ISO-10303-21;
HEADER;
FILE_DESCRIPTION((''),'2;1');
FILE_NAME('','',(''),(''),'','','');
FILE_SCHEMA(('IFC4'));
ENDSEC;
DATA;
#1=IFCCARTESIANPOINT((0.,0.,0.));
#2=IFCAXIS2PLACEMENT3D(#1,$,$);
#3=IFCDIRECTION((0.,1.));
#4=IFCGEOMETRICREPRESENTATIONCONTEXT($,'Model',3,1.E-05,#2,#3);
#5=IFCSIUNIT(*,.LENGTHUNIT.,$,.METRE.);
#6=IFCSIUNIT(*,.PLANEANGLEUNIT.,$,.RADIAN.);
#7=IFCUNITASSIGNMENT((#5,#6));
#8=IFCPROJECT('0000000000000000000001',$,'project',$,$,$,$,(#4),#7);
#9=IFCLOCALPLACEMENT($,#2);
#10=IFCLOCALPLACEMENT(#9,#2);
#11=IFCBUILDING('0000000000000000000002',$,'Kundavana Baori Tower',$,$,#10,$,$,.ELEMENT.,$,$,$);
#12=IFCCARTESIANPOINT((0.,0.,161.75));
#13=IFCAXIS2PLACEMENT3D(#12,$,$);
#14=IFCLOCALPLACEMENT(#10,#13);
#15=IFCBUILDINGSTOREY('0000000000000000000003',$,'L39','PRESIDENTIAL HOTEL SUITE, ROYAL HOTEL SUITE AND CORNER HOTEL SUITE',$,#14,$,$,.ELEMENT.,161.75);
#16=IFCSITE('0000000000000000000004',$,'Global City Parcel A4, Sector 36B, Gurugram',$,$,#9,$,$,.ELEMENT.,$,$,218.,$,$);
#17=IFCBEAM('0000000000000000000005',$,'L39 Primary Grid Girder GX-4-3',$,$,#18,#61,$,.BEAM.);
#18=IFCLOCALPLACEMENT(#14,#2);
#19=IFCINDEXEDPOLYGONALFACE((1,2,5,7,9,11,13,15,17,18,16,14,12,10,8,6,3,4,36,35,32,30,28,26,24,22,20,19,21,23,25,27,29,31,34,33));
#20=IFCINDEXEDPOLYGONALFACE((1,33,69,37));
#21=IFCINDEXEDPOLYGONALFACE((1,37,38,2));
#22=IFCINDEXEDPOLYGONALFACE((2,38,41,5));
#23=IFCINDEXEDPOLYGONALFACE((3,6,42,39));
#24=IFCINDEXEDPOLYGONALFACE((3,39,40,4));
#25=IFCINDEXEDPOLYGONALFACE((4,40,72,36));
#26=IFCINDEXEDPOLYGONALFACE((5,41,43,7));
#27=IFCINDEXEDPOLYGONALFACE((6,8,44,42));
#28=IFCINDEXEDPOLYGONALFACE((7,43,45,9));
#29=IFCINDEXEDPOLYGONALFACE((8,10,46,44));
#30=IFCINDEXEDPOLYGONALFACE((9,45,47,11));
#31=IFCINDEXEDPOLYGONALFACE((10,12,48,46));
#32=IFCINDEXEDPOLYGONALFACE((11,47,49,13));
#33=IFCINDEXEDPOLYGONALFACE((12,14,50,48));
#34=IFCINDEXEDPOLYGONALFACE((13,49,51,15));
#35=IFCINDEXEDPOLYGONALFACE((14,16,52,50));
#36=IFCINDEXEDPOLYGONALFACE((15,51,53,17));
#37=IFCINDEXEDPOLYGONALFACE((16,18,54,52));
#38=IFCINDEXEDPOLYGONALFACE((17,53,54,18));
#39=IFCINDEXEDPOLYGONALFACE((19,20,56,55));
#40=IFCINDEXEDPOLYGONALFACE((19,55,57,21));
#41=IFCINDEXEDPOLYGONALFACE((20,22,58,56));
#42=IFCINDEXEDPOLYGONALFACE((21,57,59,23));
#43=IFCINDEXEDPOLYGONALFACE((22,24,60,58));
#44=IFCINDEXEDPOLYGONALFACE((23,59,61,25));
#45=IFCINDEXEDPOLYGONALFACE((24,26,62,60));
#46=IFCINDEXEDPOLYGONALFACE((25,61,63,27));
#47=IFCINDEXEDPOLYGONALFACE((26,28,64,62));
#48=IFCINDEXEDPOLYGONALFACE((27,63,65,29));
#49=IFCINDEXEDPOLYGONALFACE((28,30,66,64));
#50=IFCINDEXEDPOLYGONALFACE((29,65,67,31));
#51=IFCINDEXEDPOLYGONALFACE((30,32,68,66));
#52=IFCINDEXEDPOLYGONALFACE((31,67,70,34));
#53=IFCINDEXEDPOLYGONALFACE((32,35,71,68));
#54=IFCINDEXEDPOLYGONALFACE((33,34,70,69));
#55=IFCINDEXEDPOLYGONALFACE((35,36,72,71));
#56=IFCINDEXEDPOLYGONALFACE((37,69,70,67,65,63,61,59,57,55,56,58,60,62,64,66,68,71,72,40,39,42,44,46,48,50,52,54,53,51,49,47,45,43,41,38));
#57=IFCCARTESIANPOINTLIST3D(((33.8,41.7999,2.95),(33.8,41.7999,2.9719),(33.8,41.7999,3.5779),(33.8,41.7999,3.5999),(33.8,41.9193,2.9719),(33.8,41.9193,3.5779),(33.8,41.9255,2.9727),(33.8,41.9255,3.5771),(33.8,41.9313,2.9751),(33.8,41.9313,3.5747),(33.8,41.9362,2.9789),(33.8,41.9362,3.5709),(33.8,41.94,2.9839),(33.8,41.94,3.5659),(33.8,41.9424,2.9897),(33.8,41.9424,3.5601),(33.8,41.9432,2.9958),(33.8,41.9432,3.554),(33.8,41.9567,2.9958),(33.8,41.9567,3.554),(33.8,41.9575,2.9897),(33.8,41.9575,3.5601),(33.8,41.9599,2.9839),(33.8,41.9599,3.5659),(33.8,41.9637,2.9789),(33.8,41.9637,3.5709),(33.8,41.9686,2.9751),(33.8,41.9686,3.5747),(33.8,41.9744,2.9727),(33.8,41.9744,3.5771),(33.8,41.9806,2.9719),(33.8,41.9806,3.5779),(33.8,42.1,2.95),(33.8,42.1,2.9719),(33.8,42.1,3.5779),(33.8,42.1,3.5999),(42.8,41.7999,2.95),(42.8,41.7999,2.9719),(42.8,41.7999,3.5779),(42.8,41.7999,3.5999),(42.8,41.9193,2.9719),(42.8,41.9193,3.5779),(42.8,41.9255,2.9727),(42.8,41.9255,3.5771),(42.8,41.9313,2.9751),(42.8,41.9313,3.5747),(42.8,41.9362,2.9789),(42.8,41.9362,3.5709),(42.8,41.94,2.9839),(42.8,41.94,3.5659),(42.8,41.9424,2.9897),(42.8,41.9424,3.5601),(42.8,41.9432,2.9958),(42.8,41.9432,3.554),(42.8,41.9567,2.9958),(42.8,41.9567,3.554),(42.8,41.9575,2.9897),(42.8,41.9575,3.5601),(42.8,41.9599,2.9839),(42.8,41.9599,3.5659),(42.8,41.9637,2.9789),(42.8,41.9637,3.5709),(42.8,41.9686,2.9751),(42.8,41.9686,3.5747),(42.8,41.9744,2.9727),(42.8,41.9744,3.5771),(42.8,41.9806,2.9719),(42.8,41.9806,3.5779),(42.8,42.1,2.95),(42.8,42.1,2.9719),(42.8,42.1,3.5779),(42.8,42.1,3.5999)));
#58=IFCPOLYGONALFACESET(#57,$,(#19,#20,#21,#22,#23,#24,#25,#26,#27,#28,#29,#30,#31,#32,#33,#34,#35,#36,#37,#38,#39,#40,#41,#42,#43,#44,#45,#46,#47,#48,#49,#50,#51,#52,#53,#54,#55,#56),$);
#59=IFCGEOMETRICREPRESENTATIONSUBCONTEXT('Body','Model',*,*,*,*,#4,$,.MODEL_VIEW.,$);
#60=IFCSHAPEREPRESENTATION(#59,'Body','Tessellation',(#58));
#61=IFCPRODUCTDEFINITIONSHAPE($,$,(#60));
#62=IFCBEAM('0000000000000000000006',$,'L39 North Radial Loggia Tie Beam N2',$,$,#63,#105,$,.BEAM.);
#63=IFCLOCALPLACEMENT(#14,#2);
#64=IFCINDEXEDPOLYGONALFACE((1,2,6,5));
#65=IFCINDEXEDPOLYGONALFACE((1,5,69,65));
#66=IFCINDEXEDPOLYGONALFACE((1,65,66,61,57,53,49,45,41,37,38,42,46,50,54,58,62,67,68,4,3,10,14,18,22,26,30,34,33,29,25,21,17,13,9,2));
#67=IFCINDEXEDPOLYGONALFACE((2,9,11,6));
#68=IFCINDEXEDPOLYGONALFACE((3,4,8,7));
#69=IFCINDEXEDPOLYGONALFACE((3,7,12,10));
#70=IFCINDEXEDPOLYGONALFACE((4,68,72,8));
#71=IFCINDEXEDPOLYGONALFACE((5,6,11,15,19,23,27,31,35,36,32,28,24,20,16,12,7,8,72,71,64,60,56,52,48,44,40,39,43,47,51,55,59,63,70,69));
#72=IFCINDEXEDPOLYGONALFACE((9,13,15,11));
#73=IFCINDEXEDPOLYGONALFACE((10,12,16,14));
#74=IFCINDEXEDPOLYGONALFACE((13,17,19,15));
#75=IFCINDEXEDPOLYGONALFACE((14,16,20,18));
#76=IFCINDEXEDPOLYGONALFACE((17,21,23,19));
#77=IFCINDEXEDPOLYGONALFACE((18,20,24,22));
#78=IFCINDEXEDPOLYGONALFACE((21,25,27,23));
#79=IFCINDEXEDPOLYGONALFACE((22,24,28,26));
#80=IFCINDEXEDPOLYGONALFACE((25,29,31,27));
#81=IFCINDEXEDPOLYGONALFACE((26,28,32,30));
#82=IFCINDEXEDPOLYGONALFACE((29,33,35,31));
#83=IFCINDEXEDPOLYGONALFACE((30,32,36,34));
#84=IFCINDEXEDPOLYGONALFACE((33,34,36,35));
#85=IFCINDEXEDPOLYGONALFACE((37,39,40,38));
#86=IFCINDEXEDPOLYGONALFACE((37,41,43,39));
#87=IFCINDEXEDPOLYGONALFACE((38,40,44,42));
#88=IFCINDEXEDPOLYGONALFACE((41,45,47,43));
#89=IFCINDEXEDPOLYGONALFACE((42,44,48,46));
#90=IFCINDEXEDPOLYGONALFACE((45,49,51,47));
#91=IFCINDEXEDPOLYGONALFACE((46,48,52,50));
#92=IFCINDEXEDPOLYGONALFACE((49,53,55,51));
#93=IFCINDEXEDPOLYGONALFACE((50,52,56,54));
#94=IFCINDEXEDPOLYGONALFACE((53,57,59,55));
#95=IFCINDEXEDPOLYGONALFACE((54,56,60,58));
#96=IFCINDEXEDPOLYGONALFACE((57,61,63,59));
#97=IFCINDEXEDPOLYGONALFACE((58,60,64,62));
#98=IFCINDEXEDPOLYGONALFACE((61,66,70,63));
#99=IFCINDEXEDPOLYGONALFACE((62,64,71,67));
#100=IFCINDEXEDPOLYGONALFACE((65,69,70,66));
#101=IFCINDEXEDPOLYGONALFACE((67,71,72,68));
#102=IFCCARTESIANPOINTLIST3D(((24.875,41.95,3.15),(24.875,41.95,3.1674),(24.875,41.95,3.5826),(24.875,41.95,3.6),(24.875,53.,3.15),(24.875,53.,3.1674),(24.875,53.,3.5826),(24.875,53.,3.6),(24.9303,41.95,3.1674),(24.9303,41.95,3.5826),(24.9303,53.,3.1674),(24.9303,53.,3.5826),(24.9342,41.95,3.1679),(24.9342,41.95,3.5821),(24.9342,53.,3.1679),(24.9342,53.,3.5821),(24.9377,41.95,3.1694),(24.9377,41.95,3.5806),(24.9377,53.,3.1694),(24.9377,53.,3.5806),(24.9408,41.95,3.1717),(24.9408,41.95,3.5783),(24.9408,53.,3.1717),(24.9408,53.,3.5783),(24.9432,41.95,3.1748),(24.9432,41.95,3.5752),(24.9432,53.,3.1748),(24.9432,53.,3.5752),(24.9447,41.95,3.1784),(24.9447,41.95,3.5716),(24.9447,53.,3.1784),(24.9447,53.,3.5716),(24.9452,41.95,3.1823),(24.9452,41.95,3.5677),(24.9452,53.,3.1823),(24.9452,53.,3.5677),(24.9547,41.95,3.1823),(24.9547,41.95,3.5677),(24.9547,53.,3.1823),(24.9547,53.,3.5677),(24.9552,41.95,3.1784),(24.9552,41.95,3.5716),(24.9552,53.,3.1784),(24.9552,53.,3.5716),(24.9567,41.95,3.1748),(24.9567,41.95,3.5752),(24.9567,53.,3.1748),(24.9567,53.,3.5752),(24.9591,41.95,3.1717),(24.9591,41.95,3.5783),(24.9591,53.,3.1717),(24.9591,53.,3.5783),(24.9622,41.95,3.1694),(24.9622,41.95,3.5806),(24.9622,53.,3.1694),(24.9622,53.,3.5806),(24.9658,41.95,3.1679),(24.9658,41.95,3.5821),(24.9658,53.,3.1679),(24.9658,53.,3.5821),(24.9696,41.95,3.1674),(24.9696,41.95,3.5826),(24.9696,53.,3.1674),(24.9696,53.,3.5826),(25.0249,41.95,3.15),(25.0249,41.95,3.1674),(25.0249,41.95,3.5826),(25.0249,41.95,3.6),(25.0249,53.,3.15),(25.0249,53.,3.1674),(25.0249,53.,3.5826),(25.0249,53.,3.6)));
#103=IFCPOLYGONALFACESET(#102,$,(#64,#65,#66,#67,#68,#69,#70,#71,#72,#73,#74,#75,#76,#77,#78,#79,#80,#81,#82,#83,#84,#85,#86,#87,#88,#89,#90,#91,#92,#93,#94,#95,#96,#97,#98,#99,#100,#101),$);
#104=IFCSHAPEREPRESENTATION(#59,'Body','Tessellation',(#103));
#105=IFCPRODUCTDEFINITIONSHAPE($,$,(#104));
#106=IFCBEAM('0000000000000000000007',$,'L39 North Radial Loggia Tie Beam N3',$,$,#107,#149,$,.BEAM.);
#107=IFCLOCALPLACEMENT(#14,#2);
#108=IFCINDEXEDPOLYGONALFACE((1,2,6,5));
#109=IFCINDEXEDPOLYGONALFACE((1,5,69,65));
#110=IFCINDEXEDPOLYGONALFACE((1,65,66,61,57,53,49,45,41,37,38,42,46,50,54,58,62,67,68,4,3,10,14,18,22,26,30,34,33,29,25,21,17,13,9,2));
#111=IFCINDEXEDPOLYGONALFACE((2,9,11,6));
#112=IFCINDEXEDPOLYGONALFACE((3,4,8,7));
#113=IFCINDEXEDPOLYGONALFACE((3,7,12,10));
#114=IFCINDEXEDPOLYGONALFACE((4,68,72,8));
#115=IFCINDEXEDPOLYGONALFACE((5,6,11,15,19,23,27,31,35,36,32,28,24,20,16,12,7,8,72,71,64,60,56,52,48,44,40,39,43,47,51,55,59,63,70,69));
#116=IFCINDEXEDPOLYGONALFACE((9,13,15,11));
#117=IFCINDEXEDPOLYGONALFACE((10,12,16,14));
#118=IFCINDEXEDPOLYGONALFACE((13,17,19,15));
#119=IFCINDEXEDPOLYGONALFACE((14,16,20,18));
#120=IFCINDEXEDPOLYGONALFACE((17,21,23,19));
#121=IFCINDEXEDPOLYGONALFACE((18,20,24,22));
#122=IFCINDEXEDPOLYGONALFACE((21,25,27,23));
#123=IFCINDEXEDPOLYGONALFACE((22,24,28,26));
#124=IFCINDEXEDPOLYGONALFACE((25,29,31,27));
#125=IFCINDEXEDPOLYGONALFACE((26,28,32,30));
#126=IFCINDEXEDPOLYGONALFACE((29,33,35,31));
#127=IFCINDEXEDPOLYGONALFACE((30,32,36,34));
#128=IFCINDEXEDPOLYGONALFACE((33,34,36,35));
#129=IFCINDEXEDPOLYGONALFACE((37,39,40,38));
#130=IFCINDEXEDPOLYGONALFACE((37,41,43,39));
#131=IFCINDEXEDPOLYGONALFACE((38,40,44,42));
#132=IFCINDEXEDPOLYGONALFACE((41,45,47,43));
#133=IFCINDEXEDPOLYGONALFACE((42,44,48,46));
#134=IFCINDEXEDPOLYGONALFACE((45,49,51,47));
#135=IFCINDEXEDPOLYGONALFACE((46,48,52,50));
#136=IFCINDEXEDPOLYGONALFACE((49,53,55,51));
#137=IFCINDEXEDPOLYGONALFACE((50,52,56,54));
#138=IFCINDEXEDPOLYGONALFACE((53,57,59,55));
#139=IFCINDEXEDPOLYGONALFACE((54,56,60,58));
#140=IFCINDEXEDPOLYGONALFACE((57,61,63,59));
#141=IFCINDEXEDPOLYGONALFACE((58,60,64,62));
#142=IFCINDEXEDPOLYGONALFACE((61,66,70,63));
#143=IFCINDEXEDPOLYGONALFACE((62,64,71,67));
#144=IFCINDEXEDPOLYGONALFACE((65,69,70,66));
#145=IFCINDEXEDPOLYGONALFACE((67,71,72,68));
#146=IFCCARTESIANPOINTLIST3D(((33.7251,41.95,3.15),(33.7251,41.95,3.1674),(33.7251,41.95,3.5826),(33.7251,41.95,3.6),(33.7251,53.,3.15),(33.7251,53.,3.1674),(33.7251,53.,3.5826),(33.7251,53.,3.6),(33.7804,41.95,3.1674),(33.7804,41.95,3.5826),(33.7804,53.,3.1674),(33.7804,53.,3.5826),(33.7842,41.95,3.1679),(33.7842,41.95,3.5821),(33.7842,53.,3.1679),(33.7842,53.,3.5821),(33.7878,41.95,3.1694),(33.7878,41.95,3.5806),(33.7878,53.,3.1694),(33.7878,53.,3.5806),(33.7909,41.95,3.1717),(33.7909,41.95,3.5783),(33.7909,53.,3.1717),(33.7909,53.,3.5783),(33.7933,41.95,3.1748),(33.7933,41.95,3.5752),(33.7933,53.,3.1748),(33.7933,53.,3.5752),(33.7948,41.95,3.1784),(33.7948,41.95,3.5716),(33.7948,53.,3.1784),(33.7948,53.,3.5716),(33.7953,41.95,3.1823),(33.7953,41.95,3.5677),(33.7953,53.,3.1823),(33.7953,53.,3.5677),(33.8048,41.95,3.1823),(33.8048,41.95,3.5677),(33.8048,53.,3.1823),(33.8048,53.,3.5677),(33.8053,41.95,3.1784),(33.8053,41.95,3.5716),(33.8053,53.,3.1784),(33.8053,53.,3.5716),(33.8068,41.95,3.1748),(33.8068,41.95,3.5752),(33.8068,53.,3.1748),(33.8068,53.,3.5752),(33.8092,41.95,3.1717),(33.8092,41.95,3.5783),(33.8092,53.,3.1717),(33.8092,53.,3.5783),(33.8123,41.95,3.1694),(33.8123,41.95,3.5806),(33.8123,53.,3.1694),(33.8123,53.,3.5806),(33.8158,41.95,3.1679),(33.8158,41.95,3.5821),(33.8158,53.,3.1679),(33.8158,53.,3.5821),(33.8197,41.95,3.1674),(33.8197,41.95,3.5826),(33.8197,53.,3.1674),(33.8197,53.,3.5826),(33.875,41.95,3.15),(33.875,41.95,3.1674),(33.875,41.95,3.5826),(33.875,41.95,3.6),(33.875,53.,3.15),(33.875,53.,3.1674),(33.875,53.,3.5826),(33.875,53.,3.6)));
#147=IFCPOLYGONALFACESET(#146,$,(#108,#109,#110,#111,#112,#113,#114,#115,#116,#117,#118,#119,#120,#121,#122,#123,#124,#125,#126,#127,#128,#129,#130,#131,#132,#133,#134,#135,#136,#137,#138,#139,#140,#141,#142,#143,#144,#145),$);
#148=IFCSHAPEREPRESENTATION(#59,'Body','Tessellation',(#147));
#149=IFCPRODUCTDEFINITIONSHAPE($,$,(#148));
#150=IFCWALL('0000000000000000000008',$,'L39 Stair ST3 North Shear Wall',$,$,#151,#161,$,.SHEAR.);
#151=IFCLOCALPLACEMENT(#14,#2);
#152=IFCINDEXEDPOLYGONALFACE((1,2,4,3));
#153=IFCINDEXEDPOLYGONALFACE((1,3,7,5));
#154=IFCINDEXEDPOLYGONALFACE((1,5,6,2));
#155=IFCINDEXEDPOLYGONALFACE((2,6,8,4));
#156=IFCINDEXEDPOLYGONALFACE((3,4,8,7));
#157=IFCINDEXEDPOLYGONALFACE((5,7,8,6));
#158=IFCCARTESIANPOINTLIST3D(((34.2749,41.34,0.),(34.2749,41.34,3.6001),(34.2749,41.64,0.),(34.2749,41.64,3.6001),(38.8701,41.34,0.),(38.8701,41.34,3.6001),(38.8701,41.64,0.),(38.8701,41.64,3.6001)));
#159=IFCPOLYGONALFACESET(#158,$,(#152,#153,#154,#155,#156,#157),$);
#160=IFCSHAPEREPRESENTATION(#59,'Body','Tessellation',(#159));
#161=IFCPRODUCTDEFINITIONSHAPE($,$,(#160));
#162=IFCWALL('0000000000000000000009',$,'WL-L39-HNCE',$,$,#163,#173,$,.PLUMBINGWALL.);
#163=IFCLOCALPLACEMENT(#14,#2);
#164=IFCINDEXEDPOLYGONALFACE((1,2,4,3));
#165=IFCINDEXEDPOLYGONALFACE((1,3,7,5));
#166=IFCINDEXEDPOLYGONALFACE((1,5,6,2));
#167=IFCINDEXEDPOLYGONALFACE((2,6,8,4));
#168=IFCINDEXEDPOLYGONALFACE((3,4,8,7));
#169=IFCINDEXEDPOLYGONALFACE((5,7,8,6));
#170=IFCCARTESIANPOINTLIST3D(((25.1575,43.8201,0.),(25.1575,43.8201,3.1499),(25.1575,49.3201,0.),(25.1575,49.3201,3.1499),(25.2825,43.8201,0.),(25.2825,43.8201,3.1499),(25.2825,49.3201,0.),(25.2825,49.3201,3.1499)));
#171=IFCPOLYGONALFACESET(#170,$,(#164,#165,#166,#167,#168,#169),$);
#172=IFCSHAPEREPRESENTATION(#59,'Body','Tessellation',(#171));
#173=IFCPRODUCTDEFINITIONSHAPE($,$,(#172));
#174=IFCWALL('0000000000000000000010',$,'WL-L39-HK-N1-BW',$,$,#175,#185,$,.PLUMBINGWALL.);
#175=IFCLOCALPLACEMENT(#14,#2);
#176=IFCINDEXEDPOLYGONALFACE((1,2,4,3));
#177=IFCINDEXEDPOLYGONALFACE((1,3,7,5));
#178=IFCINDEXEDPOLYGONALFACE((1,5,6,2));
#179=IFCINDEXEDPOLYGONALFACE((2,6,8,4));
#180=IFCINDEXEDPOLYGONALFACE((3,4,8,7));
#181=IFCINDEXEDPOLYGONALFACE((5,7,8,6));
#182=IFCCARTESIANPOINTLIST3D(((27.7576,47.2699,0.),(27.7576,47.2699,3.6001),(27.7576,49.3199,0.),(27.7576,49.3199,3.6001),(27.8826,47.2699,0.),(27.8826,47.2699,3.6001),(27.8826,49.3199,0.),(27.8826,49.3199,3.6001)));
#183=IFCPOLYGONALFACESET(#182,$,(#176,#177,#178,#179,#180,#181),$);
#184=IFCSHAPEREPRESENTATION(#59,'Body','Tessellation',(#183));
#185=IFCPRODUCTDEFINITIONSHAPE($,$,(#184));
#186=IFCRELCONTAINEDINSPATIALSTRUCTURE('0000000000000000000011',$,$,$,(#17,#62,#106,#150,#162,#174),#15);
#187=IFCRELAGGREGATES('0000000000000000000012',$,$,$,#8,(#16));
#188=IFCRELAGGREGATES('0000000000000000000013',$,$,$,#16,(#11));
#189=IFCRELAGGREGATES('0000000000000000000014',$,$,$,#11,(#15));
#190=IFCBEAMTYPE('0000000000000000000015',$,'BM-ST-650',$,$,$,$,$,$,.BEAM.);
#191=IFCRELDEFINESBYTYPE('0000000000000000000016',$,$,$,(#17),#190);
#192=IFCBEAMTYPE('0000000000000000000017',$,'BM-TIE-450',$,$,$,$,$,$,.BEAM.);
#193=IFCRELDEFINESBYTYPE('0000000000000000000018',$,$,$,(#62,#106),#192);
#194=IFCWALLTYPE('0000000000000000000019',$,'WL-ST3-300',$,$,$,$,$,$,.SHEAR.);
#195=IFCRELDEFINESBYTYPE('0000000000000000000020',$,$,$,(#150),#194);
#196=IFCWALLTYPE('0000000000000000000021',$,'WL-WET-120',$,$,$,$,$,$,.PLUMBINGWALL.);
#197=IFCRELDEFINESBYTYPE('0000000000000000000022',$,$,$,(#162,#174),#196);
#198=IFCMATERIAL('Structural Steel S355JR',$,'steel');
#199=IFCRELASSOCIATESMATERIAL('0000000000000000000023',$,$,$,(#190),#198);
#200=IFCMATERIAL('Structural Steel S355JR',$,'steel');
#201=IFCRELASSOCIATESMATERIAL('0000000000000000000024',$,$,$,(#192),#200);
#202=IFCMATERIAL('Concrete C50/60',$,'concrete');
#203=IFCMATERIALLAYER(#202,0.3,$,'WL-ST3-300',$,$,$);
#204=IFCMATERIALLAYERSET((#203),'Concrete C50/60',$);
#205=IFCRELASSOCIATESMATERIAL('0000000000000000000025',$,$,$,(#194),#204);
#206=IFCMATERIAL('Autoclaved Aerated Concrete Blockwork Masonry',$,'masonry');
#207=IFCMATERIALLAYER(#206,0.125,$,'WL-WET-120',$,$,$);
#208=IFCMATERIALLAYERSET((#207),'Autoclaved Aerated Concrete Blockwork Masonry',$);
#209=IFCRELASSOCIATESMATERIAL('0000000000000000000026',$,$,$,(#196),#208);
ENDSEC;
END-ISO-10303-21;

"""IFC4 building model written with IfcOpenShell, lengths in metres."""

from ifc_helpers import new_model, si_unit, direction, frame, frame_2d, origin, origin_2d, place, context, subcontext, project, spatial, rectangle, i_section, extrude, material, layer, layer_set, material_profile, profile_set, type_object, element, save


model = new_model("IFC4")

# Units and contexts
model_context = context("Model", 3, precision=1e-05, world=origin(), true_north=direction((0.0, 1.0)))
body_context = subcontext(model_context, "Body", "Model", "MODEL_VIEW")
ifc_project = project(units=[si_unit("LENGTHUNIT", "METRE"), si_unit("PLANEANGLEUNIT", "RADIAN")], contexts=[model_context])

# Site, building, storey
site_placement = place(None, origin())
site = spatial("IfcSite", under=ifc_project, at=site_placement, Name="Global City Parcel A4, Sector 36B, Gurugram", CompositionType="ELEMENT", RefElevation=218.0)
building_placement = place(site_placement, origin())
building = spatial("IfcBuilding", under=site, at=building_placement, Name="Kundavana Baori Tower", CompositionType="ELEMENT")
storey_placement = place(building_placement, frame((0.0, 0.0, 161.75)))
storey = spatial("IfcBuildingStorey", under=building, at=storey_placement, Name="L39", Description="PRESIDENTIAL HOTEL SUITE, ROYAL HOTEL SUITE AND CORNER HOTEL SUITE", CompositionType="ELEMENT", Elevation=161.75)

# Beams
ifc_material_1 = material(Name="Structural Steel S355JR", Category="steel")
ifc_material_profile_1 = material_profile(ifc_material_1, i_section(OverallWidth=0.3, OverallDepth=0.6499, WebThickness=0.0134, FlangeThickness=0.022, FilletRadius=0.0239, at=origin_2d()), Name="NPB 650x300x155")
ifc_profile_set_1 = profile_set([ifc_material_profile_1], Name="Structural Steel S355JR")
beam_type_1 = type_object("IfcBeamType", Name="BM-ST-650", PredefinedType="BEAM", material=ifc_profile_set_1)
beam_1_placement = place(storey_placement, frame((33.8, 41.95, 3.2749), z_axis=(1.0, 0.0, 0.0), x_axis=(0.0, 1.0, 0.0)))
element("IfcBeam", 1, at=beam_1_placement, inside=storey, type_object=beam_type_1, Name="L39 Primary Grid Girder GX-4-3", PredefinedType="BEAM", context=body_context, shape_type="SweptSolid", body=[
    extrude(i_section(OverallWidth=0.3, OverallDepth=0.6499, WebThickness=0.0134, FlangeThickness=0.022, FilletRadius=0.0239, at=origin_2d()), origin(), (0.0, 0.0, 1.0), 9.0),
])
ifc_material_2 = material(Name="Structural Steel S355JR", Category="steel")
ifc_material_profile_2 = material_profile(ifc_material_2, i_section(OverallWidth=0.1499, OverallDepth=0.45, WebThickness=0.0095, FlangeThickness=0.0173, FilletRadius=0.0149, at=origin_2d()), Name="ISMB 450")
ifc_profile_set_2 = profile_set([ifc_material_profile_2], Name="Structural Steel S355JR")
beam_type_2 = type_object("IfcBeamType", Name="BM-TIE-450", PredefinedType="BEAM", material=ifc_profile_set_2)
for number, where, z_axis, x_axis, name in (
    (2, (24.95, 41.95, 3.375), (0.0, 1.0, 0.0), (-1.0, 0.0, 0.0), "L39 North Radial Loggia Tie Beam N2"),
    (3, (33.8, 41.95, 3.375), (0.0, 1.0, 0.0), (-1.0, 0.0, 0.0), "L39 North Radial Loggia Tie Beam N3"),
):
    element("IfcBeam", number, at=place(storey_placement, frame(where, z_axis=z_axis, x_axis=x_axis)), inside=storey, type_object=beam_type_2, Name=name, PredefinedType="BEAM", context=body_context, shape_type="SweptSolid", body=[
        extrude(i_section(OverallWidth=0.1499, OverallDepth=0.45, WebThickness=0.0095, FlangeThickness=0.0173, FilletRadius=0.0149, at=origin_2d()), origin(), (0.0, 0.0, 1.0), 11.05),
    ])

# Walls
ifc_material_3 = material(Name="Concrete C50/60", Category="concrete")
ifc_layer_1 = layer(ifc_material_3, 0.3, Name="WL-ST3-300")
ifc_layer_set_1 = layer_set([ifc_layer_1], Name="Concrete C50/60")
wall_type_1 = type_object("IfcWallType", Name="WL-ST3-300", PredefinedType="SHEAR", material=ifc_layer_set_1)
wall_1_placement = place(storey_placement, frame((34.2749, 41.49, 0.0), z_axis=(0.0, 0.0, 1.0), x_axis=(1.0, 0.0, 0.0)))
element("IfcWall", 4, at=wall_1_placement, inside=storey, type_object=wall_type_1, Name="L39 Stair ST3 North Shear Wall", PredefinedType="SHEAR", context=body_context, shape_type="SweptSolid", body=[
    extrude(rectangle(XDim=4.5952, YDim=0.3, at=frame_2d((2.2976, 0.0))), origin(), (0.0, 0.0, 1.0), 3.6001),
])
ifc_material_4 = material(Name="Autoclaved Aerated Concrete Blockwork Masonry", Category="masonry")
ifc_layer_2 = layer(ifc_material_4, 0.125, Name="WL-WET-120")
ifc_layer_set_2 = layer_set([ifc_layer_2], Name="Autoclaved Aerated Concrete Blockwork Masonry")
wall_type_2 = type_object("IfcWallType", Name="WL-WET-120", PredefinedType="PLUMBINGWALL", material=ifc_layer_set_2)
wall_2_placement = place(storey_placement, frame((25.22, 43.8201, 0.0), z_axis=(0.0, 0.0, 1.0), x_axis=(0.0, 1.0, 0.0)))
element("IfcWall", 5, at=wall_2_placement, inside=storey, type_object=wall_type_2, Name="WL-L39-HNCE", PredefinedType="PLUMBINGWALL", context=body_context, shape_type="SweptSolid", body=[
    extrude(rectangle(XDim=5.5, YDim=0.125, at=frame_2d((2.75, 0.0))), origin(), (0.0, 0.0, 1.0), 3.1499),
])
wall_3_placement = place(storey_placement, frame((27.8201, 47.27, 0.0), z_axis=(0.0, 0.0, 1.0), x_axis=(0.0, 1.0, 0.0)))
element("IfcWall", 6, at=wall_3_placement, inside=storey, type_object=wall_type_2, Name="WL-L39-HK-N1-BW", PredefinedType="PLUMBINGWALL", context=body_context, shape_type="SweptSolid", body=[
    extrude(rectangle(XDim=2.05, YDim=0.125, at=frame_2d((1.0249, 0.0))), origin(), (0.0, 0.0, 1.0), 3.6001),
])

save(model, "model.ifc")
